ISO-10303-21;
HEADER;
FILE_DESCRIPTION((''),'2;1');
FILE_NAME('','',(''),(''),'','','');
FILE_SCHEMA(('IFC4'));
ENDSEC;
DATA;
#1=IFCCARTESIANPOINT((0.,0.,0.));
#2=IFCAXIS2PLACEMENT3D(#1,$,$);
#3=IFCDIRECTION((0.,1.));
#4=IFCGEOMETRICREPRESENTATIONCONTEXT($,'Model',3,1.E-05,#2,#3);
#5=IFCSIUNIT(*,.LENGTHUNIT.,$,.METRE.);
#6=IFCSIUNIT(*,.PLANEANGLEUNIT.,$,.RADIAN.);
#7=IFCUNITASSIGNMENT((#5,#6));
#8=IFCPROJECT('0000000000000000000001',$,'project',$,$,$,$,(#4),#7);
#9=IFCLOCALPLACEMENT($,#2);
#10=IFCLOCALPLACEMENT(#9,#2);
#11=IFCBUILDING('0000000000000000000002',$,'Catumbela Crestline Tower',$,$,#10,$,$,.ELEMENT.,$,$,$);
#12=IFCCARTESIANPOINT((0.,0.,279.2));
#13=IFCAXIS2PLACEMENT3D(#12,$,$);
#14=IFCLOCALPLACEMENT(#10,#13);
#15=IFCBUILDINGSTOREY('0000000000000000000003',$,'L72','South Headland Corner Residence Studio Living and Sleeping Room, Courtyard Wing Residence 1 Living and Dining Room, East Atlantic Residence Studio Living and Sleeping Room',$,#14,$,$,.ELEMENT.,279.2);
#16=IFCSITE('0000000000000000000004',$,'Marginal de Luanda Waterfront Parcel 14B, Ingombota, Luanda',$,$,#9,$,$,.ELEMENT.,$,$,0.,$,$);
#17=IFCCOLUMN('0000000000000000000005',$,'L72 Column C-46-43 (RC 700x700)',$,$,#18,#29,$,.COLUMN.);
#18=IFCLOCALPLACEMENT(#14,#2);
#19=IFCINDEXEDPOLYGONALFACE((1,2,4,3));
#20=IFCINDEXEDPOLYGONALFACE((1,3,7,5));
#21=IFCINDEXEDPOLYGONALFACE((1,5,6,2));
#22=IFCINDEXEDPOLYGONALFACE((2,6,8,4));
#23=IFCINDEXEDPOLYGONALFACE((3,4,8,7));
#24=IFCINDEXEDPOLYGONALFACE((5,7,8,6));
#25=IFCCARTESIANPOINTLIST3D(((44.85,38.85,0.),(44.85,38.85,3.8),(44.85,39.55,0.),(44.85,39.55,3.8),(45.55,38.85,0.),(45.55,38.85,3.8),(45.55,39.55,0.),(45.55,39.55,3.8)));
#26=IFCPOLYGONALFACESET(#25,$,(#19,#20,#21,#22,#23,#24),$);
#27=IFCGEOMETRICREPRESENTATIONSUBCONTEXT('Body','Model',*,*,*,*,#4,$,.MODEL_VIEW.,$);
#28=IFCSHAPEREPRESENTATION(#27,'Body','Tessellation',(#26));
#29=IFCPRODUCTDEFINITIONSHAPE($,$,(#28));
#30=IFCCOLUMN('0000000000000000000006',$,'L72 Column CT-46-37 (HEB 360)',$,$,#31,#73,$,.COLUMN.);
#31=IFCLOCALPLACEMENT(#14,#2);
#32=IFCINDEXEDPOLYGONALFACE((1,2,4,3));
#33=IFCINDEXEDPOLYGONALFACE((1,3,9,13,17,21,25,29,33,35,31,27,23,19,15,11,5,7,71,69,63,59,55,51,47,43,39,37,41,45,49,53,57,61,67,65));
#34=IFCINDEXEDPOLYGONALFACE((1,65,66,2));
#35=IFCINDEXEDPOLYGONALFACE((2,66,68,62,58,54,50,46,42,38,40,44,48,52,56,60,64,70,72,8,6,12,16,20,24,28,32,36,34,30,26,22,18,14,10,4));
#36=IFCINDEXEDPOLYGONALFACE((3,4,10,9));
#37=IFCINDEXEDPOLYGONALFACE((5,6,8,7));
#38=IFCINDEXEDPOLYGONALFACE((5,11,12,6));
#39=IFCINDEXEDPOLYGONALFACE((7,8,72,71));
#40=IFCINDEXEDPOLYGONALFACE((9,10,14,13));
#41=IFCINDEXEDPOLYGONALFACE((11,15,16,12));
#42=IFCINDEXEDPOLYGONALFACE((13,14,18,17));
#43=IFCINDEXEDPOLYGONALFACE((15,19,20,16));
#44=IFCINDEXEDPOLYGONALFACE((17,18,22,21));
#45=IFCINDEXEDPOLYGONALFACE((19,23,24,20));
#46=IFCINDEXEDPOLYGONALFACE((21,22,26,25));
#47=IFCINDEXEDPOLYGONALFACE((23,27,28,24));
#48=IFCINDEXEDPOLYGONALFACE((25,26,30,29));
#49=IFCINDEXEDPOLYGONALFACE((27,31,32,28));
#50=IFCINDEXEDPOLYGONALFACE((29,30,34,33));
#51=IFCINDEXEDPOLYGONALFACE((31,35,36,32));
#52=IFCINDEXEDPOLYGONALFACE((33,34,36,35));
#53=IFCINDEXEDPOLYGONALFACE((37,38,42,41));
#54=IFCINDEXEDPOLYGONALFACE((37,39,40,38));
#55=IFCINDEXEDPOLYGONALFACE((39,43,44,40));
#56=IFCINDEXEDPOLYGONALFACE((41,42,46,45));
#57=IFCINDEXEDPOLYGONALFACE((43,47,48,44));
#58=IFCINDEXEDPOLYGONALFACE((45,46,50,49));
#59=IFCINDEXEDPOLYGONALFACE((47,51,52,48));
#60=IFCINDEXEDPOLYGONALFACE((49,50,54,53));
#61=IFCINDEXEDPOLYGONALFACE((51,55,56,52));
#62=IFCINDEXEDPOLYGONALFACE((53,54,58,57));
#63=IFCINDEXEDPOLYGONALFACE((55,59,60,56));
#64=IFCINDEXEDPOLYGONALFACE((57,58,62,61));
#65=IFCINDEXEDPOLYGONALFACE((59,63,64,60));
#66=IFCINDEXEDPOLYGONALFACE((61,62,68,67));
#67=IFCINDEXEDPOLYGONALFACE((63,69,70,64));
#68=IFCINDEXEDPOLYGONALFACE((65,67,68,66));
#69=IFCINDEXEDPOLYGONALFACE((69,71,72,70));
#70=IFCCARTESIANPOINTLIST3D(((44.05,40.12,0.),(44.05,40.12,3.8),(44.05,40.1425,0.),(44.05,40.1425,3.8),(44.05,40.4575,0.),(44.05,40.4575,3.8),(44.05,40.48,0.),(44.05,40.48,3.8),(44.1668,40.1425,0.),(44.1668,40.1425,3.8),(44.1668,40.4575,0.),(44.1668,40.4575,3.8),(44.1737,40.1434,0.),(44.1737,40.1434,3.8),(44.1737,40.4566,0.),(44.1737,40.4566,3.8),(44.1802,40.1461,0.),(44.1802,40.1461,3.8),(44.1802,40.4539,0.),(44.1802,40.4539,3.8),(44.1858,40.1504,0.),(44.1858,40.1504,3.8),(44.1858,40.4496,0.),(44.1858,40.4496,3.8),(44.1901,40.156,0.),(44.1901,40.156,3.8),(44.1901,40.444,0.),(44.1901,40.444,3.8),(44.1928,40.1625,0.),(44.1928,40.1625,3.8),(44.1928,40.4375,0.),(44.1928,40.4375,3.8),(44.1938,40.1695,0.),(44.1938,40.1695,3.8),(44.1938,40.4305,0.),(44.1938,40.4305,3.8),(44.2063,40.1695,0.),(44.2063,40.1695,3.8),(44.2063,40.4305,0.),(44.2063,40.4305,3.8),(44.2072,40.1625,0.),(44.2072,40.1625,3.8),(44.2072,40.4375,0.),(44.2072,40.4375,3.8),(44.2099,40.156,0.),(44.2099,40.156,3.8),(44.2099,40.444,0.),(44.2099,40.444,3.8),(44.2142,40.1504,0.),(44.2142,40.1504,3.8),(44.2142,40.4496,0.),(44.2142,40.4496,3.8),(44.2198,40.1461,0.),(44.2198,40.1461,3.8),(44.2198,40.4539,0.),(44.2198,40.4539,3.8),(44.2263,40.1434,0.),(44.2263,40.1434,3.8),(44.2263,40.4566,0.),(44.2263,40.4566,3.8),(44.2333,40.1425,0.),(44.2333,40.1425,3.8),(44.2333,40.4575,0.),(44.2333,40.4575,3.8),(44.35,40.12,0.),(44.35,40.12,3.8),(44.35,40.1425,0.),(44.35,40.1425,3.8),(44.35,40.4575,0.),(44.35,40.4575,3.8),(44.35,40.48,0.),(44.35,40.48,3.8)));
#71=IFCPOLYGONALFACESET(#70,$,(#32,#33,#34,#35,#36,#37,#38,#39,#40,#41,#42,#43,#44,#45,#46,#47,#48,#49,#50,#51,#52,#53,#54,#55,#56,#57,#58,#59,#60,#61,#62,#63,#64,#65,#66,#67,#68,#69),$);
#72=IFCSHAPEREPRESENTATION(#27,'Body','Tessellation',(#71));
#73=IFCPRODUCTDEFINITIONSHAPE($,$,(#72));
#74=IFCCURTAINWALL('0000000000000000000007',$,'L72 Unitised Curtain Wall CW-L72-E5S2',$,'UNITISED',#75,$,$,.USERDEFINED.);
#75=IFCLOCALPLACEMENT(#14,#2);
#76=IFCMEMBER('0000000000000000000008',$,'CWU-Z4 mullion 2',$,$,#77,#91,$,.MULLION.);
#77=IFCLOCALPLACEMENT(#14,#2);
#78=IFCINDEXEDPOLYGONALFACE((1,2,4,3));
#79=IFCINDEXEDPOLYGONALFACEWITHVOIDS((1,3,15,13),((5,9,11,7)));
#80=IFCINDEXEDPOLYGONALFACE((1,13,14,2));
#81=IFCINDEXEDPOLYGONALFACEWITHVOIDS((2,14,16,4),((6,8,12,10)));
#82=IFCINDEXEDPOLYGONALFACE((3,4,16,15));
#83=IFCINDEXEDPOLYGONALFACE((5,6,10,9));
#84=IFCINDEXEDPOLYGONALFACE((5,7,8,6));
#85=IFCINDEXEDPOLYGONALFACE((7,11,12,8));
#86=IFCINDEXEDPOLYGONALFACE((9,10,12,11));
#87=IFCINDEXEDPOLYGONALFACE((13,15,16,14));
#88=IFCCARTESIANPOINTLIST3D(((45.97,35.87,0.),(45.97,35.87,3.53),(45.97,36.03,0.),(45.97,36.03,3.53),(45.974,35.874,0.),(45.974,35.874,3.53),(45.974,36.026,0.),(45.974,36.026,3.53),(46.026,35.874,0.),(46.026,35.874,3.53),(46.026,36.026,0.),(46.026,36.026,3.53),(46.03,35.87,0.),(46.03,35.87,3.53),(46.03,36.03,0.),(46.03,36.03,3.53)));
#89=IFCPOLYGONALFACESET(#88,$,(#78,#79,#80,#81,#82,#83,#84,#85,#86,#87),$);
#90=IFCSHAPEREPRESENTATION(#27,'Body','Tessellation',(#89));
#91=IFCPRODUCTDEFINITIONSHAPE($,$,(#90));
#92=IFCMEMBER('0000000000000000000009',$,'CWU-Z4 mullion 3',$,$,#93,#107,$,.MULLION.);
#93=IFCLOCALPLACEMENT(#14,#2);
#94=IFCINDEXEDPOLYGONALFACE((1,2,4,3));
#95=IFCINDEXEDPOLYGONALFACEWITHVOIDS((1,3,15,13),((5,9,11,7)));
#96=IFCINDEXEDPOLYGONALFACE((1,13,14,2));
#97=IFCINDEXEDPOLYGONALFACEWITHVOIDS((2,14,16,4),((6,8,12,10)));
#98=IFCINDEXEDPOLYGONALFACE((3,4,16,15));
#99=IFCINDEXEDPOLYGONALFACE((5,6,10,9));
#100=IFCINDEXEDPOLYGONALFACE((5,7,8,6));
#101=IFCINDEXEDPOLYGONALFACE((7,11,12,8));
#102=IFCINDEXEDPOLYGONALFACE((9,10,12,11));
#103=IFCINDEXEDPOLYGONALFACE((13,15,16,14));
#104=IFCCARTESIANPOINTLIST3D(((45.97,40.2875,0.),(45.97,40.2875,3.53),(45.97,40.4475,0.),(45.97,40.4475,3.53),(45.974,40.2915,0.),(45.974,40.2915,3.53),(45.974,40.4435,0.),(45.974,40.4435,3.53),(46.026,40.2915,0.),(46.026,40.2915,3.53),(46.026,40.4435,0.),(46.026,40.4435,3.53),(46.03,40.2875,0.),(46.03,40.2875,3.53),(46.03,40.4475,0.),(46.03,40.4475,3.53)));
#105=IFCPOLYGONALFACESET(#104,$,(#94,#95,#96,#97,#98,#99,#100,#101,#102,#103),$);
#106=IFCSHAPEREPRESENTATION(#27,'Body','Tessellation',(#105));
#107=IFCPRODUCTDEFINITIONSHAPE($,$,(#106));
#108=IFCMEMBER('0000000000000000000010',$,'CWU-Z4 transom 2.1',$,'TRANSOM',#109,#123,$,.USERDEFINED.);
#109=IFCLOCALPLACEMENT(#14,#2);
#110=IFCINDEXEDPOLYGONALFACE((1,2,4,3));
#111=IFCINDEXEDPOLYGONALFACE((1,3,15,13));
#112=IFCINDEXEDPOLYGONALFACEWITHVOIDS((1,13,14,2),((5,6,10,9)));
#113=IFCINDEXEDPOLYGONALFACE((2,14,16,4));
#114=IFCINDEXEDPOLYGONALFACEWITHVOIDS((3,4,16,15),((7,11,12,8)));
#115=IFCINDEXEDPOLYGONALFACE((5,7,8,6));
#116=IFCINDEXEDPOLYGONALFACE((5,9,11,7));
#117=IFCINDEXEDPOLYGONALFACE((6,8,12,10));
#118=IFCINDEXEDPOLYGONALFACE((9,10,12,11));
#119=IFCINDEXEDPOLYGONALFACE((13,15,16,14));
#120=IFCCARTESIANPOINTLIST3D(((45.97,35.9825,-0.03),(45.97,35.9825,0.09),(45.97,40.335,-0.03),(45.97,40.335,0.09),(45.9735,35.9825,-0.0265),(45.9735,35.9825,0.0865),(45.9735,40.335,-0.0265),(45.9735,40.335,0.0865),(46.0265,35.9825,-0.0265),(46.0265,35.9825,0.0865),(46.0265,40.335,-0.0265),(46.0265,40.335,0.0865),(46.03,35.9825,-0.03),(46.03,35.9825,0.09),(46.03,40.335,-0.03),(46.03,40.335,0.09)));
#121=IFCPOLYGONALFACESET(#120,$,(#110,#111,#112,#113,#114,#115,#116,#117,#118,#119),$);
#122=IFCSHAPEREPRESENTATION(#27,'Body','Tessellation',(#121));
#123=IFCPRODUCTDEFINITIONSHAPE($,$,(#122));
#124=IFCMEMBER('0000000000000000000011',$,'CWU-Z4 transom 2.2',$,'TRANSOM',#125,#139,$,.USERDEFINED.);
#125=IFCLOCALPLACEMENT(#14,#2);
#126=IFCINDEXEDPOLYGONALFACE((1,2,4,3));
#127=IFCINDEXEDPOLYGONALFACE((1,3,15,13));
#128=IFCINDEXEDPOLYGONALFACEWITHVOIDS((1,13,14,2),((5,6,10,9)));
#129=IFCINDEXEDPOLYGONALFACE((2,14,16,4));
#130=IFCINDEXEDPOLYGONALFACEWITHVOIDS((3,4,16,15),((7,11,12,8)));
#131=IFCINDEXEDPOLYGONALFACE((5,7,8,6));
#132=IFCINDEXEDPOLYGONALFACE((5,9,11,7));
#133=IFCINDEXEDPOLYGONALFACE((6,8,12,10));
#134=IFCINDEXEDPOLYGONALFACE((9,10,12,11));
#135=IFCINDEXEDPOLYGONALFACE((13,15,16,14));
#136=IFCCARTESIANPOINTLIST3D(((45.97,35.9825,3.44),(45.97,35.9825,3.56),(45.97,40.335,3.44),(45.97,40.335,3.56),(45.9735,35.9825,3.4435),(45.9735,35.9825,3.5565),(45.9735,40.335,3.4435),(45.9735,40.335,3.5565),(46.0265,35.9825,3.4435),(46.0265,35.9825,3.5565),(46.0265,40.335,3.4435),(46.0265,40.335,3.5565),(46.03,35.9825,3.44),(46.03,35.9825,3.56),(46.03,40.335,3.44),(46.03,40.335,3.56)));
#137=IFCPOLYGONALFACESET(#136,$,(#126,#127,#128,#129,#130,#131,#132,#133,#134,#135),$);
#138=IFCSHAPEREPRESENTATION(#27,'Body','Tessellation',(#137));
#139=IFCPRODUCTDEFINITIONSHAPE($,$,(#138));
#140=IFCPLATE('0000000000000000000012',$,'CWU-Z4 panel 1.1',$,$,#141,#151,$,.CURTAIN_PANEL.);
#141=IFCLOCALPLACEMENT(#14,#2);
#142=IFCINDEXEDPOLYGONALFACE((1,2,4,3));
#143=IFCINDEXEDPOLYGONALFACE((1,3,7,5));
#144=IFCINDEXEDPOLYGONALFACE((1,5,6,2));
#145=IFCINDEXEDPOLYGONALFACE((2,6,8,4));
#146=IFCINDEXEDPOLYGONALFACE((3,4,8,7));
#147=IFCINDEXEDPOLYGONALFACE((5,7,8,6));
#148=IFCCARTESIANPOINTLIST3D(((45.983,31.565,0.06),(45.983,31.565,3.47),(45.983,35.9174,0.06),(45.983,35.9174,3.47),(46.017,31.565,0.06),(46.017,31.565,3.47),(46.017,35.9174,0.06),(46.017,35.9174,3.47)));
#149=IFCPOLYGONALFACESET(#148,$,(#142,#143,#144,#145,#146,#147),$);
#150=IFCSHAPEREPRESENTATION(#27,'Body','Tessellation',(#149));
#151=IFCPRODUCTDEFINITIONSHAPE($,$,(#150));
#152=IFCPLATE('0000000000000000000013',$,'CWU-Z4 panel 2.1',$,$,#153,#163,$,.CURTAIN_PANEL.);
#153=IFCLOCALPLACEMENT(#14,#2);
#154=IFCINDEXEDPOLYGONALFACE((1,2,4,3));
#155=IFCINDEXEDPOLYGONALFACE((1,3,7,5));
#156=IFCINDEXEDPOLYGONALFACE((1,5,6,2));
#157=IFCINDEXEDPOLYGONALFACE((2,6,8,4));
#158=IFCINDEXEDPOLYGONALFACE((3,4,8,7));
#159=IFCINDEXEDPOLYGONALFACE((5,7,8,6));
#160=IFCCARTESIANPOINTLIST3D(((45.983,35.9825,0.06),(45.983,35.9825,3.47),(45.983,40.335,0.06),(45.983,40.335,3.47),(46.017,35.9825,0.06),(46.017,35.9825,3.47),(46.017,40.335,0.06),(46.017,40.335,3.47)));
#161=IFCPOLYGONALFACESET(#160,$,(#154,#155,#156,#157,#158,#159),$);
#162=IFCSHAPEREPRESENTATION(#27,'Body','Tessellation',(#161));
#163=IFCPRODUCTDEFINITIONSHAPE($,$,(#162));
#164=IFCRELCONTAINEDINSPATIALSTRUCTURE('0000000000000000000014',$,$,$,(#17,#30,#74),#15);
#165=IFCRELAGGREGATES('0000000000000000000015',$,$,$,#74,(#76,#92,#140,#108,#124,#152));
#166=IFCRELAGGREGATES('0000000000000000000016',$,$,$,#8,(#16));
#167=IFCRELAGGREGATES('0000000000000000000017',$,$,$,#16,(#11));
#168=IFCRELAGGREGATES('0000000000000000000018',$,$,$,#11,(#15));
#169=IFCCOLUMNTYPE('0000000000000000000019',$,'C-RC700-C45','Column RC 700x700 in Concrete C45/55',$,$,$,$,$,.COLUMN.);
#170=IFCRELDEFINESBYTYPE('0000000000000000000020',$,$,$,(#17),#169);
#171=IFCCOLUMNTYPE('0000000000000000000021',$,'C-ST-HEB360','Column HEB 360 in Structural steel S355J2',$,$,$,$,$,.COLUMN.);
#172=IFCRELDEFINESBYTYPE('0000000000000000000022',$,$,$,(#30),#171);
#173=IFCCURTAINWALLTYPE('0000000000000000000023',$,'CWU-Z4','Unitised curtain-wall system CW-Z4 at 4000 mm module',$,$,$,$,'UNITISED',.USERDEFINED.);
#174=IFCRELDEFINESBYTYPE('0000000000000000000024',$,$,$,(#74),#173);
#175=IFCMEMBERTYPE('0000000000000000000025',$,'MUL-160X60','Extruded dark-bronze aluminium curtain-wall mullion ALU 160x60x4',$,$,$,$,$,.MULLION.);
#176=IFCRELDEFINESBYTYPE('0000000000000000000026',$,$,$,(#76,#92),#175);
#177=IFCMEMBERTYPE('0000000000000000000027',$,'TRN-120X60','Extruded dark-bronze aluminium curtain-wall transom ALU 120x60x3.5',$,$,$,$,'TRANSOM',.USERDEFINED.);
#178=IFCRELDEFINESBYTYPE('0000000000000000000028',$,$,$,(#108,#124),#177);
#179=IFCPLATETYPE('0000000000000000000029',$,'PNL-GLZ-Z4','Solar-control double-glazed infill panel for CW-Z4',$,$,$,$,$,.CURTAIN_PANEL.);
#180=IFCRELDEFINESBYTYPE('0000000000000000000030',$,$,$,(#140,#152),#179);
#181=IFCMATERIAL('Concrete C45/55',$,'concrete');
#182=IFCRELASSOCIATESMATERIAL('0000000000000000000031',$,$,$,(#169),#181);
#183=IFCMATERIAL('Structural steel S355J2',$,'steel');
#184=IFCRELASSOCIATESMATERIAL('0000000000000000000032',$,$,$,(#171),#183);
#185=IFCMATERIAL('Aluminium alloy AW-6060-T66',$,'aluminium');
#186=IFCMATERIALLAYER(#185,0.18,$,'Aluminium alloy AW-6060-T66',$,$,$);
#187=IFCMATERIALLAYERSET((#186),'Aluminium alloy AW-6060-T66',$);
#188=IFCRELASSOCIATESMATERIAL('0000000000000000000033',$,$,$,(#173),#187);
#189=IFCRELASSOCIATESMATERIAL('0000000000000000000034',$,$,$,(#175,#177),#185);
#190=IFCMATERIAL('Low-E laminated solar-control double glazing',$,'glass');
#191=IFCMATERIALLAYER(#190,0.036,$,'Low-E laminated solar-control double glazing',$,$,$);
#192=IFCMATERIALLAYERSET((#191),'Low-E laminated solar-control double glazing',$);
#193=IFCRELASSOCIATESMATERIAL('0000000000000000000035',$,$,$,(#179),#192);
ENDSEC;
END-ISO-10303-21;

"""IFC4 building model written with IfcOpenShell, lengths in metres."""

from ifc_helpers import new_model, si_unit, direction, frame, origin, origin_2d, place, context, subcontext, project, spatial, rectangle, hollow_rectangle, i_section, extrude, material, layer, layer_set, material_profile, profile_set, type_object, element, aggregate, save


model = new_model("IFC4")

# Units and contexts
model_context = context("Model", 3, precision=1e-05, world=origin(), true_north=direction((0.0, 1.0)))
body_context = subcontext(model_context, "Body", "Model", "MODEL_VIEW")
ifc_project = project(units=[si_unit("LENGTHUNIT", "METRE"), si_unit("PLANEANGLEUNIT", "RADIAN")], contexts=[model_context])

# Site, building, storey
site_placement = place(None, origin())
site = spatial("IfcSite", under=ifc_project, at=site_placement, Name="Marginal de Luanda Waterfront Parcel 14B, Ingombota, Luanda", CompositionType="ELEMENT", RefElevation=0.0)
building_placement = place(site_placement, origin())
building = spatial("IfcBuilding", under=site, at=building_placement, Name="Catumbela Crestline Tower", CompositionType="ELEMENT")
storey_placement = place(building_placement, frame((0.0, 0.0, 279.2)))
storey = spatial("IfcBuildingStorey", under=building, at=storey_placement, Name="L72", Description="South Headland Corner Residence Studio Living and Sleeping Room, Courtyard Wing Residence 1 Living and Dining Room, East Atlantic Residence Studio Living and Sleeping Room", CompositionType="ELEMENT", Elevation=279.2)

# Columns
ifc_material_1 = material(Name="Concrete C45/55", Category="concrete")
ifc_material_profile_1 = material_profile(ifc_material_1, rectangle(XDim=0.7, YDim=0.7, at=origin_2d()), Name="RC 700x700")
ifc_profile_set_1 = profile_set([ifc_material_profile_1], Name="Concrete C45/55")
column_type_1 = type_object("IfcColumnType", Name="C-RC700-C45", Description="Column RC 700x700 in Concrete C45/55", PredefinedType="COLUMN", material=ifc_profile_set_1)
column_1_placement = place(storey_placement, frame((45.2, 39.2, 0.0), z_axis=(0.0, 0.0, 1.0), x_axis=(1.0, 0.0, 0.0)))
element("IfcColumn", 1, at=column_1_placement, inside=storey, type_object=column_type_1, Name="L72 Column C-46-43 (RC 700x700)", PredefinedType="COLUMN", context=body_context, shape_type="SweptSolid", body=[
    extrude(rectangle(XDim=0.7, YDim=0.7, at=origin_2d()), origin(), (0.0, 0.0, 1.0), 3.8),
])
ifc_material_2 = material(Name="Structural steel S355J2", Category="steel")
ifc_material_profile_2 = material_profile(ifc_material_2, i_section(OverallWidth=0.3, OverallDepth=0.36, WebThickness=0.0125, FlangeThickness=0.0225, FilletRadius=0.027, at=origin_2d()), Name="HEB 360")
ifc_profile_set_2 = profile_set([ifc_material_profile_2], Name="Structural steel S355J2")
column_type_2 = type_object("IfcColumnType", Name="C-ST-HEB360", Description="Column HEB 360 in Structural steel S355J2", PredefinedType="COLUMN", material=ifc_profile_set_2)
column_2_placement = place(storey_placement, frame((44.2, 40.3, 0.0), z_axis=(0.0, 0.0, 1.0), x_axis=(1.0, 0.0, 0.0)))
element("IfcColumn", 2, at=column_2_placement, inside=storey, type_object=column_type_2, Name="L72 Column CT-46-37 (HEB 360)", PredefinedType="COLUMN", context=body_context, shape_type="SweptSolid", body=[
    extrude(i_section(OverallWidth=0.3, OverallDepth=0.36, WebThickness=0.0125, FlangeThickness=0.0225, FilletRadius=0.027, at=origin_2d()), origin(), (0.0, 0.0, 1.0), 3.8),
])

# Curtain wall, members, plates
ifc_material_3 = material(Name="Aluminium alloy AW-6060-T66", Category="aluminium")
ifc_layer_1 = layer(ifc_material_3, 0.18, Name="Aluminium alloy AW-6060-T66")
ifc_layer_set_1 = layer_set([ifc_layer_1], Name="Aluminium alloy AW-6060-T66")
curtain_wall_type = type_object("IfcCurtainWallType", Name="CWU-Z4", Description="Unitised curtain-wall system CW-Z4 at 4000 mm module", ElementType="UNITISED", PredefinedType="USERDEFINED", material=ifc_layer_set_1)
curtain_wall_placement = place(storey_placement, origin())
curtain_wall = element("IfcCurtainWall", 3, at=curtain_wall_placement, inside=storey, type_object=curtain_wall_type, Name="L72 Unitised Curtain Wall CW-L72-E5S2", ObjectType="UNITISED", PredefinedType="USERDEFINED")
ifc_material_profile_3 = material_profile(ifc_material_3, hollow_rectangle(XDim=0.06, YDim=0.16, WallThickness=0.004, at=origin_2d()), Name="ALU 160x60x4")
ifc_profile_set_3 = profile_set([ifc_material_profile_3], Name="Aluminium alloy AW-6060-T66")
member_type_1 = type_object("IfcMemberType", Name="MUL-160X60", Description="Extruded dark-bronze aluminium curtain-wall mullion ALU 160x60x4", PredefinedType="MULLION", material=ifc_profile_set_3)
member_1_placement = place(storey_placement, frame((46.0, 35.95, 0.0), z_axis=(0.0, 0.0, 1.0), x_axis=(-1.0, 0.0, 0.0)))
member_1 = element("IfcMember", 4, at=member_1_placement, type_object=member_type_1, Name="CWU-Z4 mullion 2", PredefinedType="MULLION", context=body_context, shape_type="SweptSolid", body=[
    extrude(hollow_rectangle(XDim=0.06, YDim=0.16, WallThickness=0.004, at=origin_2d()), origin(), (0.0, 0.0, 1.0), 3.53),
])
member_2_placement = place(storey_placement, frame((46.0, 40.3675, 0.0), z_axis=(0.0, 0.0, 1.0), x_axis=(-1.0, 0.0, 0.0)))
member_2 = element("IfcMember", 5, at=member_2_placement, type_object=member_type_1, Name="CWU-Z4 mullion 3", PredefinedType="MULLION", context=body_context, shape_type="SweptSolid", body=[
    extrude(hollow_rectangle(XDim=0.06, YDim=0.16, WallThickness=0.004, at=origin_2d()), origin(), (0.0, 0.0, 1.0), 3.53),
])
ifc_material_profile_4 = material_profile(ifc_material_3, hollow_rectangle(XDim=0.06, YDim=0.12, WallThickness=0.0035, at=origin_2d()), Name="ALU 120x60x3.5")
ifc_profile_set_4 = profile_set([ifc_material_profile_4], Name="Aluminium alloy AW-6060-T66")
member_type_2 = type_object("IfcMemberType", Name="TRN-120X60", Description="Extruded dark-bronze aluminium curtain-wall transom ALU 120x60x3.5", ElementType="TRANSOM", PredefinedType="USERDEFINED", material=ifc_profile_set_4)
member_3_placement = place(storey_placement, frame((46.0, 35.9825, 0.03), z_axis=(0.0, 1.0, 0.0), x_axis=(-1.0, 0.0, 0.0)))
member_3 = element("IfcMember", 6, at=member_3_placement, type_object=member_type_2, Name="CWU-Z4 transom 2.1", ObjectType="TRANSOM", PredefinedType="USERDEFINED", context=body_context, shape_type="SweptSolid", body=[
    extrude(hollow_rectangle(XDim=0.06, YDim=0.12, WallThickness=0.0035, at=origin_2d()), origin(), (0.0, 0.0, 1.0), 4.3525),
])
member_4_placement = place(storey_placement, frame((46.0, 35.9825, 3.5), z_axis=(0.0, 1.0, 0.0), x_axis=(-1.0, 0.0, 0.0)))
member_4 = element("IfcMember", 7, at=member_4_placement, type_object=member_type_2, Name="CWU-Z4 transom 2.2", ObjectType="TRANSOM", PredefinedType="USERDEFINED", context=body_context, shape_type="SweptSolid", body=[
    extrude(hollow_rectangle(XDim=0.06, YDim=0.12, WallThickness=0.0035, at=origin_2d()), origin(), (0.0, 0.0, 1.0), 4.3525),
])
ifc_material_4 = material(Name="Low-E laminated solar-control double glazing", Category="glass")
ifc_layer_2 = layer(ifc_material_4, 0.036, Name="Low-E laminated solar-control double glazing")
ifc_layer_set_2 = layer_set([ifc_layer_2], Name="Low-E laminated solar-control double glazing")
plate_type = type_object("IfcPlateType", Name="PNL-GLZ-Z4", Description="Solar-control double-glazed infill panel for CW-Z4", PredefinedType="CURTAIN_PANEL", material=ifc_layer_set_2)
plate_1_placement = place(storey_placement, frame((46.0, 33.7412, 0.06), z_axis=(0.0, 0.0, 1.0), x_axis=(0.0, 1.0, 0.0)))
plate_1 = element("IfcPlate", 8, at=plate_1_placement, type_object=plate_type, Name="CWU-Z4 panel 1.1", PredefinedType="CURTAIN_PANEL", context=body_context, shape_type="SweptSolid", body=[
    extrude(rectangle(XDim=4.3525, YDim=0.034, at=origin_2d()), origin(), (0.0, 0.0, 1.0), 3.41),
])
plate_2_placement = place(storey_placement, frame((46.0, 38.1588, 0.06), z_axis=(0.0, 0.0, 1.0), x_axis=(0.0, 1.0, 0.0)))
plate_2 = element("IfcPlate", 9, at=plate_2_placement, type_object=plate_type, Name="CWU-Z4 panel 2.1", PredefinedType="CURTAIN_PANEL", context=body_context, shape_type="SweptSolid", body=[
    extrude(rectangle(XDim=4.3525, YDim=0.034, at=origin_2d()), origin(), (0.0, 0.0, 1.0), 3.41),
])
aggregate(curtain_wall, [member_1, member_2, plate_1, member_3, member_4, plate_2])

save(model, "model.ifc")
